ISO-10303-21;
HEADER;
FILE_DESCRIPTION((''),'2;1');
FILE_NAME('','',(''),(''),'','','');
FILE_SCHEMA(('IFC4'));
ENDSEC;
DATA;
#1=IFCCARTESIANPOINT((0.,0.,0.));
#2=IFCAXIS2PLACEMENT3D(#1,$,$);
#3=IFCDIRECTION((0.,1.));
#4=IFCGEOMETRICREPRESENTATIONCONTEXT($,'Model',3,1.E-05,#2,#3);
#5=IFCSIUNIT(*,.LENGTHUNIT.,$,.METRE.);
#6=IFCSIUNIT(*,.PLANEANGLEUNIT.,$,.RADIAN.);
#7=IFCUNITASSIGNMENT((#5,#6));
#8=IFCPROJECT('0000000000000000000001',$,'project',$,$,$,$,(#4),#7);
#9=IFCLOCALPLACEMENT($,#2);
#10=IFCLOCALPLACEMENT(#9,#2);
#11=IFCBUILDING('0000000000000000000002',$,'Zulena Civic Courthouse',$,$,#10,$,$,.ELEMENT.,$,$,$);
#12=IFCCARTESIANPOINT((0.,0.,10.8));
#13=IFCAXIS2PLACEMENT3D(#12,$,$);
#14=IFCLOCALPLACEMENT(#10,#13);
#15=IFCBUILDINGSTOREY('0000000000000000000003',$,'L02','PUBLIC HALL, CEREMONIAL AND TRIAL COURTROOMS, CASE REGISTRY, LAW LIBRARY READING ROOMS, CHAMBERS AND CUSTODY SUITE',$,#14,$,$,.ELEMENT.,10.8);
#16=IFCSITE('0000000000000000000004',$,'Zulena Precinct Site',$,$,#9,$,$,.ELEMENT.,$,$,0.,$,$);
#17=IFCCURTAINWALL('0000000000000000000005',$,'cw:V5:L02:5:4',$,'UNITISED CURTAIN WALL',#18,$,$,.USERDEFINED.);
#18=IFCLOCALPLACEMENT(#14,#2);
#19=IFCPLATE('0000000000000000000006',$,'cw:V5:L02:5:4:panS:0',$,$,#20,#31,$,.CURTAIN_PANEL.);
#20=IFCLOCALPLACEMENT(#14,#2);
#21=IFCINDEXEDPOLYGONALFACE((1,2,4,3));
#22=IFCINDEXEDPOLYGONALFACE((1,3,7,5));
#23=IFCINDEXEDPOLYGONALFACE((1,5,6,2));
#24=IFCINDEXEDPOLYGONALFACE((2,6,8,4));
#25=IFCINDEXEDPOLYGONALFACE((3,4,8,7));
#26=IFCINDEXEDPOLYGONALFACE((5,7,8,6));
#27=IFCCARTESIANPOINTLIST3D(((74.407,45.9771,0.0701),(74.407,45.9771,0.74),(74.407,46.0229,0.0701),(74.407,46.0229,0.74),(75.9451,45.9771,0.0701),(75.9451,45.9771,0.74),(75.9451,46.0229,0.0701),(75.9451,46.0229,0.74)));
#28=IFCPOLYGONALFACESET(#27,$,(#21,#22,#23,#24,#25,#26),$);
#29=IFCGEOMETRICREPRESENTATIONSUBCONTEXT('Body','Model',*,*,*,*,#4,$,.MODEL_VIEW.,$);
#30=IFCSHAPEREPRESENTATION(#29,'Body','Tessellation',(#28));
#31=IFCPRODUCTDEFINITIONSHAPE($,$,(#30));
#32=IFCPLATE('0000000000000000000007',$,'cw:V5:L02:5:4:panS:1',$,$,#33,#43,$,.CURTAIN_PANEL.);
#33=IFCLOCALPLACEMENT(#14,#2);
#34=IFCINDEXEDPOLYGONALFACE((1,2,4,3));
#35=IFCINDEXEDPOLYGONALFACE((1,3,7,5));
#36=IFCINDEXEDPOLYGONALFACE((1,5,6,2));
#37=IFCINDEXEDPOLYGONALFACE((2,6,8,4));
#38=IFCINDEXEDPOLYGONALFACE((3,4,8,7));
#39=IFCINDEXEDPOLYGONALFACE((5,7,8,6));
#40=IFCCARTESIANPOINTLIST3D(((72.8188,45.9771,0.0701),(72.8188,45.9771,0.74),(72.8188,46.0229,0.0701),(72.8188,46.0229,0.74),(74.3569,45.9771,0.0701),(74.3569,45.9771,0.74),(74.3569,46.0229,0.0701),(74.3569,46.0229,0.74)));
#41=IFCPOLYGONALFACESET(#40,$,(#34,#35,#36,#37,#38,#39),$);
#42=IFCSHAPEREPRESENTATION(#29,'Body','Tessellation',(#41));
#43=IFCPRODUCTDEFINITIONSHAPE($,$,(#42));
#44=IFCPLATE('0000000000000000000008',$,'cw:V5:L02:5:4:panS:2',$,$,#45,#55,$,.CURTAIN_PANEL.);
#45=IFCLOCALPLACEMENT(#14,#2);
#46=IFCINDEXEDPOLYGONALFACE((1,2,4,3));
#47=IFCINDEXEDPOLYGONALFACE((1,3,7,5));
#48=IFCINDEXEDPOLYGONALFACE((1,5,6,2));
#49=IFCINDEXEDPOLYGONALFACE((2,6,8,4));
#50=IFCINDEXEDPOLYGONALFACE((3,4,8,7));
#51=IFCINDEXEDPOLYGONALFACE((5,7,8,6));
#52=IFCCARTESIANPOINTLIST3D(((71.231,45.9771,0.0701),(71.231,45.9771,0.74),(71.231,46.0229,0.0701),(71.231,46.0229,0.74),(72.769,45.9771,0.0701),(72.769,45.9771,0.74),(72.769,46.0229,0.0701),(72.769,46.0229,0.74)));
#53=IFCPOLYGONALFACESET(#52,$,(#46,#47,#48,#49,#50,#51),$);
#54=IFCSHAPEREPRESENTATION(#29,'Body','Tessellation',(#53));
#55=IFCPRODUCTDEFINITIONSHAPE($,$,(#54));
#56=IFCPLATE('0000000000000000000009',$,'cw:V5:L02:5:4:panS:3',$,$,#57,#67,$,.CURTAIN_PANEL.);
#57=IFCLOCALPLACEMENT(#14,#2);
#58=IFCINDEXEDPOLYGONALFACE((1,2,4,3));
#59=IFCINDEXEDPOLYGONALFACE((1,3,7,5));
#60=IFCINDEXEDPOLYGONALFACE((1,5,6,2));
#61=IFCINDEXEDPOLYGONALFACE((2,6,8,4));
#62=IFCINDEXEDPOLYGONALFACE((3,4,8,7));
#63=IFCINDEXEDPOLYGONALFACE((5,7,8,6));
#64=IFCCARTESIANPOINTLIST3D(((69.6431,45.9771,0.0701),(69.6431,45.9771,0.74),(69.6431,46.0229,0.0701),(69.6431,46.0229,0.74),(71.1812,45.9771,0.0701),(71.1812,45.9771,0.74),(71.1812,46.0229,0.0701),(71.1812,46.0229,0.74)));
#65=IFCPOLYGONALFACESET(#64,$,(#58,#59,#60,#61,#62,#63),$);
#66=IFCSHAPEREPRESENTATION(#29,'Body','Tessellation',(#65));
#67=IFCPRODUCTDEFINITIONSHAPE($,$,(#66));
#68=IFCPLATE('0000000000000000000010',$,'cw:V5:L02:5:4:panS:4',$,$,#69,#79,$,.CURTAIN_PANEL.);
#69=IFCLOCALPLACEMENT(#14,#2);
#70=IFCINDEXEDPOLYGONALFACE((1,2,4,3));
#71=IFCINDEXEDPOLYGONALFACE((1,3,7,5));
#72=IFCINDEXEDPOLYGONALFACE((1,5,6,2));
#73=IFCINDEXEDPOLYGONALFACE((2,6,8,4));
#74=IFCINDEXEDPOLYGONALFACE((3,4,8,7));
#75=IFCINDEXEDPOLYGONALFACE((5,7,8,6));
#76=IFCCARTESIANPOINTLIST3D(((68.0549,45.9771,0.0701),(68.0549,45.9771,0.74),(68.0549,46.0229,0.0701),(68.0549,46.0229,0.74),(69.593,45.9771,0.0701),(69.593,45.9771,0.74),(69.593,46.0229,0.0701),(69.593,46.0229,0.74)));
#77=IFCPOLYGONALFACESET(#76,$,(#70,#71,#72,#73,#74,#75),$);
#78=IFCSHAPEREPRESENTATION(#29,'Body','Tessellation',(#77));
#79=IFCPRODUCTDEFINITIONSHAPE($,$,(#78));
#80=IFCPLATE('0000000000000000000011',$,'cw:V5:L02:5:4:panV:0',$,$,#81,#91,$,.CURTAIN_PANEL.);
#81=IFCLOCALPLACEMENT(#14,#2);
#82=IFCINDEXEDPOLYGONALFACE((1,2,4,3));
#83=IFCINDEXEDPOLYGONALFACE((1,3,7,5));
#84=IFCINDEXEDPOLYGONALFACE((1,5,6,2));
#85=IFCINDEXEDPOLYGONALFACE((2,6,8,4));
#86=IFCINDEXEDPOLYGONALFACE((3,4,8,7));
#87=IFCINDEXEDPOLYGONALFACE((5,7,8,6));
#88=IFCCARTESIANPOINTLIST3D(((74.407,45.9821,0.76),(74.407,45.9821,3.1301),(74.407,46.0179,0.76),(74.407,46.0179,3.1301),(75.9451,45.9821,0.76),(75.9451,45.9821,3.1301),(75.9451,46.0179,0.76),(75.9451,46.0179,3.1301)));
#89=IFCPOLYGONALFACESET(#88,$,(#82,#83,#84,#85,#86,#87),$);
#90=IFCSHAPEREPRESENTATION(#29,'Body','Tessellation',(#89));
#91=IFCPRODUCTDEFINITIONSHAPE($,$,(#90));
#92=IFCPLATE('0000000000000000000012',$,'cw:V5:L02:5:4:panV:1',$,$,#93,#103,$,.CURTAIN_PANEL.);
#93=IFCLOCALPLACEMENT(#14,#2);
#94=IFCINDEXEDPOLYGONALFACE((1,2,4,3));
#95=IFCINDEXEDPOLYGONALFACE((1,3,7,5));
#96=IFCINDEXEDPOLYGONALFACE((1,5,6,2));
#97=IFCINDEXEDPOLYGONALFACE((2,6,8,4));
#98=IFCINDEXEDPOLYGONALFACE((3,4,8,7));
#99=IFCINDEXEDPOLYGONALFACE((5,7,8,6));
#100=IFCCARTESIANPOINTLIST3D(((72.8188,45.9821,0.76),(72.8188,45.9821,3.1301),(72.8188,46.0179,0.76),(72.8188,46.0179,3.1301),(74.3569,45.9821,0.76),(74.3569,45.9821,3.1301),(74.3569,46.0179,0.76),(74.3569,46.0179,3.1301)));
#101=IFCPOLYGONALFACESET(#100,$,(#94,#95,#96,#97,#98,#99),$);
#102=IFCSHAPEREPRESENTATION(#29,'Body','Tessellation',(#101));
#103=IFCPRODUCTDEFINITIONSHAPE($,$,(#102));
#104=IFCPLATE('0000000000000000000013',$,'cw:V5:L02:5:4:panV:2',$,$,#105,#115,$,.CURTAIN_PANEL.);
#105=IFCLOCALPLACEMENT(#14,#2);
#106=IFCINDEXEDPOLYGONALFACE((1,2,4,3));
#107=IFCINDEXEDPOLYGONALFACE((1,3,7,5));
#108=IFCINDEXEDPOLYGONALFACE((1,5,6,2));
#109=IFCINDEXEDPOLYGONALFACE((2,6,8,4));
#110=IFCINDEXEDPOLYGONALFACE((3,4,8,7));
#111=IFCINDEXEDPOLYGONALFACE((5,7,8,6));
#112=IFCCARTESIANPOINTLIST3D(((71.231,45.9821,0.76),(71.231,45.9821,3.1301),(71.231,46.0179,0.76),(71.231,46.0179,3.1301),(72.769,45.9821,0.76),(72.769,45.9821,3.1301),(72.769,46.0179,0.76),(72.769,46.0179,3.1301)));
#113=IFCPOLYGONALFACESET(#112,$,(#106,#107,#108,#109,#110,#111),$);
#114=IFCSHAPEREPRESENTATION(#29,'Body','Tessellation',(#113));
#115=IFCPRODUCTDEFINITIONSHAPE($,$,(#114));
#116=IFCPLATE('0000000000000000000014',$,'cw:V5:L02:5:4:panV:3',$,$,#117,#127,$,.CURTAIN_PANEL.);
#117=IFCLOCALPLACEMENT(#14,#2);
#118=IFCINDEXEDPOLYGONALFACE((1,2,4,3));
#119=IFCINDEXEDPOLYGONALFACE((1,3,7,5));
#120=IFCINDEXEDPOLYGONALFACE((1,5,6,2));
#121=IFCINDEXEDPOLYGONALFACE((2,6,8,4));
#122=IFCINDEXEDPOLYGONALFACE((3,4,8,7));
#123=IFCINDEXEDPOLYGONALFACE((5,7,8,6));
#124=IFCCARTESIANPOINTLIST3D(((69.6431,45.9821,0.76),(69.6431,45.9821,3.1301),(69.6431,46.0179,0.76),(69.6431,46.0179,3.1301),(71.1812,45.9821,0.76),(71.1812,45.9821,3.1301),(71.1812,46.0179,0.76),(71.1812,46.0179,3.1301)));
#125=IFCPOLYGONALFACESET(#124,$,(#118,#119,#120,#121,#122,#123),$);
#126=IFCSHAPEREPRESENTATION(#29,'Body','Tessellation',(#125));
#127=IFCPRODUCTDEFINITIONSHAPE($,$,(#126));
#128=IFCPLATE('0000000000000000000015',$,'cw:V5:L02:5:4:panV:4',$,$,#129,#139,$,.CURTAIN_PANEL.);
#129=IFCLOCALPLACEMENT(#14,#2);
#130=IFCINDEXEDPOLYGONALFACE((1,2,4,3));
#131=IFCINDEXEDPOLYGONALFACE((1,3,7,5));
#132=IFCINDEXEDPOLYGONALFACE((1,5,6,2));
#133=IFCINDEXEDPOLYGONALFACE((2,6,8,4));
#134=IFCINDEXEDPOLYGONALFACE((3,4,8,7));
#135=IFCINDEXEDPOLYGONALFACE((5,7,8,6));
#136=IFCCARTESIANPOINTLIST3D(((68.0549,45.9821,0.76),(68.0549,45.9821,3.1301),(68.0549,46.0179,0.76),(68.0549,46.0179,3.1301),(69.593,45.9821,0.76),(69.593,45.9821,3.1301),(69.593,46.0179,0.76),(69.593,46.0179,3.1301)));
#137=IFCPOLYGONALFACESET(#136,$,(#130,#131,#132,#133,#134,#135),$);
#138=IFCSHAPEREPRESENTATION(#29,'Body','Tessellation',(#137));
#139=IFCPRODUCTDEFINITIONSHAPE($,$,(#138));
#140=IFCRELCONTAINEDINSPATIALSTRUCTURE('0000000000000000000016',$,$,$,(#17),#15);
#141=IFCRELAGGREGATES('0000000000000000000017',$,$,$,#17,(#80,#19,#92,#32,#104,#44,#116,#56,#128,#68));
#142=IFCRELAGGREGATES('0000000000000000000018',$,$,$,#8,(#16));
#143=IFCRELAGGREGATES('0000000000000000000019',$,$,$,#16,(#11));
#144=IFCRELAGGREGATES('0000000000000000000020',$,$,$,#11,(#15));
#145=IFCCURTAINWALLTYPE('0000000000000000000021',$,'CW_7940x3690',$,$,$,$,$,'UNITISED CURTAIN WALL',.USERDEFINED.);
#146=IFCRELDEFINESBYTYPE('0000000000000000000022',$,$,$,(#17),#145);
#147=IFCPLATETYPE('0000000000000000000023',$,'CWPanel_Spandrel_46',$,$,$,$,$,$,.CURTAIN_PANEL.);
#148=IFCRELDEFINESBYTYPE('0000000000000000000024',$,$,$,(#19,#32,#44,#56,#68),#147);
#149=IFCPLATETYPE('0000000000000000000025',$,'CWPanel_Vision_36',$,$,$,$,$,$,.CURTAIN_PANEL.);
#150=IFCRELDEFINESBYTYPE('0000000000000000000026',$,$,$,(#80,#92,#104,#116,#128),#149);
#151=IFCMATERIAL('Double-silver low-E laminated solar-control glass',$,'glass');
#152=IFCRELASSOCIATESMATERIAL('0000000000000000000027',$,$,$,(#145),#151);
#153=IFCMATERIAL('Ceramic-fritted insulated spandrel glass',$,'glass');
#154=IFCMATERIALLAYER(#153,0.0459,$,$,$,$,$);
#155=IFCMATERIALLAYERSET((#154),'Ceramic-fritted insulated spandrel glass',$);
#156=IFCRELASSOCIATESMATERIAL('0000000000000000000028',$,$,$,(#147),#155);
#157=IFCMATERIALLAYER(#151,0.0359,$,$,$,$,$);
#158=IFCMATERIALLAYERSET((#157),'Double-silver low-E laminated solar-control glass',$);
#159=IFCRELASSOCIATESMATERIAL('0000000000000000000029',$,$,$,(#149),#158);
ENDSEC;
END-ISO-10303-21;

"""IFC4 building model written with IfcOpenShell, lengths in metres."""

from ifc_helpers import new_model, si_unit, direction, frame, origin, origin_2d, place, context, subcontext, project, spatial, rectangle, extrude, material, layer, layer_set, type_object, element, aggregate, save


model = new_model("IFC4")

# Units and contexts
model_context = context("Model", 3, precision=1e-05, world=origin(), true_north=direction((0.0, 1.0)))
body_context = subcontext(model_context, "Body", "Model", "MODEL_VIEW")
ifc_project = project(units=[si_unit("LENGTHUNIT", "METRE"), si_unit("PLANEANGLEUNIT", "RADIAN")], contexts=[model_context])

# Site, building, storey
site_placement = place(None, origin())
site = spatial("IfcSite", under=ifc_project, at=site_placement, Name="Zulena Precinct Site", CompositionType="ELEMENT", RefElevation=0.0)
building_placement = place(site_placement, origin())
building = spatial("IfcBuilding", under=site, at=building_placement, Name="Zulena Civic Courthouse", CompositionType="ELEMENT")
storey_placement = place(building_placement, frame((0.0, 0.0, 10.8)))
storey = spatial("IfcBuildingStorey", under=building, at=storey_placement, Name="L02", Description="PUBLIC HALL, CEREMONIAL AND TRIAL COURTROOMS, CASE REGISTRY, LAW LIBRARY READING ROOMS, CHAMBERS AND CUSTODY SUITE", CompositionType="ELEMENT", Elevation=10.8)

# Curtain wall
ifc_material_1 = material(Name="Double-silver low-E laminated solar-control glass", Category="glass")
curtain_wall_type = type_object("IfcCurtainWallType", Name="CW_7940x3690", ElementType="UNITISED CURTAIN WALL", PredefinedType="USERDEFINED", material=ifc_material_1)
curtain_wall_placement = place(storey_placement, origin())
curtain_wall = element("IfcCurtainWall", 1, at=curtain_wall_placement, inside=storey, type_object=curtain_wall_type, Name="cw:V5:L02:5:4", ObjectType="UNITISED CURTAIN WALL", PredefinedType="USERDEFINED")

# Plates
ifc_material_2 = material(Name="Ceramic-fritted insulated spandrel glass", Category="glass")
ifc_layer_1 = layer(ifc_material_2, 0.0459)
ifc_layer_set_1 = layer_set([ifc_layer_1], Name="Ceramic-fritted insulated spandrel glass")
plate_type_1 = type_object("IfcPlateType", Name="CWPanel_Spandrel_46", PredefinedType="CURTAIN_PANEL", material=ifc_layer_set_1)
plate_1_placement = place(storey_placement, frame((75.176, 46.0, 0.0701), z_axis=(0.0, 0.0, 1.0), x_axis=(-1.0, 0.0, 0.0)))
plate_1 = element("IfcPlate", 2, at=plate_1_placement, type_object=plate_type_1, Name="cw:V5:L02:5:4:panS:0", PredefinedType="CURTAIN_PANEL", context=body_context, shape_type="SweptSolid", body=[
    extrude(rectangle(XDim=1.5381, YDim=0.0459, at=origin_2d()), origin(), (0.0, 0.0, 1.0), 0.6699),
])
plate_2_placement = place(storey_placement, frame((73.5879, 46.0, 0.0701), z_axis=(0.0, 0.0, 1.0), x_axis=(-1.0, 0.0, 0.0)))
plate_2 = element("IfcPlate", 3, at=plate_2_placement, type_object=plate_type_1, Name="cw:V5:L02:5:4:panS:1", PredefinedType="CURTAIN_PANEL", context=body_context, shape_type="SweptSolid", body=[
    extrude(rectangle(XDim=1.5381, YDim=0.0459, at=origin_2d()), origin(), (0.0, 0.0, 1.0), 0.6699),
])
plate_3_placement = place(storey_placement, frame((72.0, 46.0, 0.0701), z_axis=(0.0, 0.0, 1.0), x_axis=(-1.0, 0.0, 0.0)))
plate_3 = element("IfcPlate", 4, at=plate_3_placement, type_object=plate_type_1, Name="cw:V5:L02:5:4:panS:2", PredefinedType="CURTAIN_PANEL", context=body_context, shape_type="SweptSolid", body=[
    extrude(rectangle(XDim=1.5381, YDim=0.0459, at=origin_2d()), origin(), (0.0, 0.0, 1.0), 0.6699),
])
plate_4_placement = place(storey_placement, frame((70.4121, 46.0, 0.0701), z_axis=(0.0, 0.0, 1.0), x_axis=(-1.0, 0.0, 0.0)))
plate_4 = element("IfcPlate", 5, at=plate_4_placement, type_object=plate_type_1, Name="cw:V5:L02:5:4:panS:3", PredefinedType="CURTAIN_PANEL", context=body_context, shape_type="SweptSolid", body=[
    extrude(rectangle(XDim=1.5381, YDim=0.0459, at=origin_2d()), origin(), (0.0, 0.0, 1.0), 0.6699),
])
plate_5_placement = place(storey_placement, frame((68.824, 46.0, 0.0701), z_axis=(0.0, 0.0, 1.0), x_axis=(-1.0, 0.0, 0.0)))
plate_5 = element("IfcPlate", 6, at=plate_5_placement, type_object=plate_type_1, Name="cw:V5:L02:5:4:panS:4", PredefinedType="CURTAIN_PANEL", context=body_context, shape_type="SweptSolid", body=[
    extrude(rectangle(XDim=1.5381, YDim=0.0459, at=origin_2d()), origin(), (0.0, 0.0, 1.0), 0.6699),
])
ifc_layer_2 = layer(ifc_material_1, 0.0359)
ifc_layer_set_2 = layer_set([ifc_layer_2], Name="Double-silver low-E laminated solar-control glass")
plate_type_2 = type_object("IfcPlateType", Name="CWPanel_Vision_36", PredefinedType="CURTAIN_PANEL", material=ifc_layer_set_2)
plate_6_placement = place(storey_placement, frame((75.176, 46.0, 0.76), z_axis=(0.0, 0.0, 1.0), x_axis=(-1.0, 0.0, 0.0)))
plate_6 = element("IfcPlate", 7, at=plate_6_placement, type_object=plate_type_2, Name="cw:V5:L02:5:4:panV:0", PredefinedType="CURTAIN_PANEL", context=body_context, shape_type="SweptSolid", body=[
    extrude(rectangle(XDim=1.5381, YDim=0.0359, at=origin_2d()), origin(), (0.0, 0.0, 1.0), 2.3701),
])
plate_7_placement = place(storey_placement, frame((73.5879, 46.0, 0.76), z_axis=(0.0, 0.0, 1.0), x_axis=(-1.0, 0.0, 0.0)))
plate_7 = element("IfcPlate", 8, at=plate_7_placement, type_object=plate_type_2, Name="cw:V5:L02:5:4:panV:1", PredefinedType="CURTAIN_PANEL", context=body_context, shape_type="SweptSolid", body=[
    extrude(rectangle(XDim=1.5381, YDim=0.0359, at=origin_2d()), origin(), (0.0, 0.0, 1.0), 2.3701),
])
plate_8_placement = place(storey_placement, frame((72.0, 46.0, 0.76), z_axis=(0.0, 0.0, 1.0), x_axis=(-1.0, 0.0, 0.0)))
plate_8 = element("IfcPlate", 9, at=plate_8_placement, type_object=plate_type_2, Name="cw:V5:L02:5:4:panV:2", PredefinedType="CURTAIN_PANEL", context=body_context, shape_type="SweptSolid", body=[
    extrude(rectangle(XDim=1.5381, YDim=0.0359, at=origin_2d()), origin(), (0.0, 0.0, 1.0), 2.3701),
])
plate_9_placement = place(storey_placement, frame((70.4121, 46.0, 0.76), z_axis=(0.0, 0.0, 1.0), x_axis=(-1.0, 0.0, 0.0)))
plate_9 = element("IfcPlate", 10, at=plate_9_placement, type_object=plate_type_2, Name="cw:V5:L02:5:4:panV:3", PredefinedType="CURTAIN_PANEL", context=body_context, shape_type="SweptSolid", body=[
    extrude(rectangle(XDim=1.5381, YDim=0.0359, at=origin_2d()), origin(), (0.0, 0.0, 1.0), 2.3701),
])
plate_10_placement = place(storey_placement, frame((68.824, 46.0, 0.76), z_axis=(0.0, 0.0, 1.0), x_axis=(-1.0, 0.0, 0.0)))
plate_10 = element("IfcPlate", 11, at=plate_10_placement, type_object=plate_type_2, Name="cw:V5:L02:5:4:panV:4", PredefinedType="CURTAIN_PANEL", context=body_context, shape_type="SweptSolid", body=[
    extrude(rectangle(XDim=1.5381, YDim=0.0359, at=origin_2d()), origin(), (0.0, 0.0, 1.0), 2.3701),
])
aggregate(curtain_wall, [plate_6, plate_1, plate_7, plate_2, plate_8, plate_3, plate_9, plate_4, plate_10, plate_5])

save(model, "model.ifc")
